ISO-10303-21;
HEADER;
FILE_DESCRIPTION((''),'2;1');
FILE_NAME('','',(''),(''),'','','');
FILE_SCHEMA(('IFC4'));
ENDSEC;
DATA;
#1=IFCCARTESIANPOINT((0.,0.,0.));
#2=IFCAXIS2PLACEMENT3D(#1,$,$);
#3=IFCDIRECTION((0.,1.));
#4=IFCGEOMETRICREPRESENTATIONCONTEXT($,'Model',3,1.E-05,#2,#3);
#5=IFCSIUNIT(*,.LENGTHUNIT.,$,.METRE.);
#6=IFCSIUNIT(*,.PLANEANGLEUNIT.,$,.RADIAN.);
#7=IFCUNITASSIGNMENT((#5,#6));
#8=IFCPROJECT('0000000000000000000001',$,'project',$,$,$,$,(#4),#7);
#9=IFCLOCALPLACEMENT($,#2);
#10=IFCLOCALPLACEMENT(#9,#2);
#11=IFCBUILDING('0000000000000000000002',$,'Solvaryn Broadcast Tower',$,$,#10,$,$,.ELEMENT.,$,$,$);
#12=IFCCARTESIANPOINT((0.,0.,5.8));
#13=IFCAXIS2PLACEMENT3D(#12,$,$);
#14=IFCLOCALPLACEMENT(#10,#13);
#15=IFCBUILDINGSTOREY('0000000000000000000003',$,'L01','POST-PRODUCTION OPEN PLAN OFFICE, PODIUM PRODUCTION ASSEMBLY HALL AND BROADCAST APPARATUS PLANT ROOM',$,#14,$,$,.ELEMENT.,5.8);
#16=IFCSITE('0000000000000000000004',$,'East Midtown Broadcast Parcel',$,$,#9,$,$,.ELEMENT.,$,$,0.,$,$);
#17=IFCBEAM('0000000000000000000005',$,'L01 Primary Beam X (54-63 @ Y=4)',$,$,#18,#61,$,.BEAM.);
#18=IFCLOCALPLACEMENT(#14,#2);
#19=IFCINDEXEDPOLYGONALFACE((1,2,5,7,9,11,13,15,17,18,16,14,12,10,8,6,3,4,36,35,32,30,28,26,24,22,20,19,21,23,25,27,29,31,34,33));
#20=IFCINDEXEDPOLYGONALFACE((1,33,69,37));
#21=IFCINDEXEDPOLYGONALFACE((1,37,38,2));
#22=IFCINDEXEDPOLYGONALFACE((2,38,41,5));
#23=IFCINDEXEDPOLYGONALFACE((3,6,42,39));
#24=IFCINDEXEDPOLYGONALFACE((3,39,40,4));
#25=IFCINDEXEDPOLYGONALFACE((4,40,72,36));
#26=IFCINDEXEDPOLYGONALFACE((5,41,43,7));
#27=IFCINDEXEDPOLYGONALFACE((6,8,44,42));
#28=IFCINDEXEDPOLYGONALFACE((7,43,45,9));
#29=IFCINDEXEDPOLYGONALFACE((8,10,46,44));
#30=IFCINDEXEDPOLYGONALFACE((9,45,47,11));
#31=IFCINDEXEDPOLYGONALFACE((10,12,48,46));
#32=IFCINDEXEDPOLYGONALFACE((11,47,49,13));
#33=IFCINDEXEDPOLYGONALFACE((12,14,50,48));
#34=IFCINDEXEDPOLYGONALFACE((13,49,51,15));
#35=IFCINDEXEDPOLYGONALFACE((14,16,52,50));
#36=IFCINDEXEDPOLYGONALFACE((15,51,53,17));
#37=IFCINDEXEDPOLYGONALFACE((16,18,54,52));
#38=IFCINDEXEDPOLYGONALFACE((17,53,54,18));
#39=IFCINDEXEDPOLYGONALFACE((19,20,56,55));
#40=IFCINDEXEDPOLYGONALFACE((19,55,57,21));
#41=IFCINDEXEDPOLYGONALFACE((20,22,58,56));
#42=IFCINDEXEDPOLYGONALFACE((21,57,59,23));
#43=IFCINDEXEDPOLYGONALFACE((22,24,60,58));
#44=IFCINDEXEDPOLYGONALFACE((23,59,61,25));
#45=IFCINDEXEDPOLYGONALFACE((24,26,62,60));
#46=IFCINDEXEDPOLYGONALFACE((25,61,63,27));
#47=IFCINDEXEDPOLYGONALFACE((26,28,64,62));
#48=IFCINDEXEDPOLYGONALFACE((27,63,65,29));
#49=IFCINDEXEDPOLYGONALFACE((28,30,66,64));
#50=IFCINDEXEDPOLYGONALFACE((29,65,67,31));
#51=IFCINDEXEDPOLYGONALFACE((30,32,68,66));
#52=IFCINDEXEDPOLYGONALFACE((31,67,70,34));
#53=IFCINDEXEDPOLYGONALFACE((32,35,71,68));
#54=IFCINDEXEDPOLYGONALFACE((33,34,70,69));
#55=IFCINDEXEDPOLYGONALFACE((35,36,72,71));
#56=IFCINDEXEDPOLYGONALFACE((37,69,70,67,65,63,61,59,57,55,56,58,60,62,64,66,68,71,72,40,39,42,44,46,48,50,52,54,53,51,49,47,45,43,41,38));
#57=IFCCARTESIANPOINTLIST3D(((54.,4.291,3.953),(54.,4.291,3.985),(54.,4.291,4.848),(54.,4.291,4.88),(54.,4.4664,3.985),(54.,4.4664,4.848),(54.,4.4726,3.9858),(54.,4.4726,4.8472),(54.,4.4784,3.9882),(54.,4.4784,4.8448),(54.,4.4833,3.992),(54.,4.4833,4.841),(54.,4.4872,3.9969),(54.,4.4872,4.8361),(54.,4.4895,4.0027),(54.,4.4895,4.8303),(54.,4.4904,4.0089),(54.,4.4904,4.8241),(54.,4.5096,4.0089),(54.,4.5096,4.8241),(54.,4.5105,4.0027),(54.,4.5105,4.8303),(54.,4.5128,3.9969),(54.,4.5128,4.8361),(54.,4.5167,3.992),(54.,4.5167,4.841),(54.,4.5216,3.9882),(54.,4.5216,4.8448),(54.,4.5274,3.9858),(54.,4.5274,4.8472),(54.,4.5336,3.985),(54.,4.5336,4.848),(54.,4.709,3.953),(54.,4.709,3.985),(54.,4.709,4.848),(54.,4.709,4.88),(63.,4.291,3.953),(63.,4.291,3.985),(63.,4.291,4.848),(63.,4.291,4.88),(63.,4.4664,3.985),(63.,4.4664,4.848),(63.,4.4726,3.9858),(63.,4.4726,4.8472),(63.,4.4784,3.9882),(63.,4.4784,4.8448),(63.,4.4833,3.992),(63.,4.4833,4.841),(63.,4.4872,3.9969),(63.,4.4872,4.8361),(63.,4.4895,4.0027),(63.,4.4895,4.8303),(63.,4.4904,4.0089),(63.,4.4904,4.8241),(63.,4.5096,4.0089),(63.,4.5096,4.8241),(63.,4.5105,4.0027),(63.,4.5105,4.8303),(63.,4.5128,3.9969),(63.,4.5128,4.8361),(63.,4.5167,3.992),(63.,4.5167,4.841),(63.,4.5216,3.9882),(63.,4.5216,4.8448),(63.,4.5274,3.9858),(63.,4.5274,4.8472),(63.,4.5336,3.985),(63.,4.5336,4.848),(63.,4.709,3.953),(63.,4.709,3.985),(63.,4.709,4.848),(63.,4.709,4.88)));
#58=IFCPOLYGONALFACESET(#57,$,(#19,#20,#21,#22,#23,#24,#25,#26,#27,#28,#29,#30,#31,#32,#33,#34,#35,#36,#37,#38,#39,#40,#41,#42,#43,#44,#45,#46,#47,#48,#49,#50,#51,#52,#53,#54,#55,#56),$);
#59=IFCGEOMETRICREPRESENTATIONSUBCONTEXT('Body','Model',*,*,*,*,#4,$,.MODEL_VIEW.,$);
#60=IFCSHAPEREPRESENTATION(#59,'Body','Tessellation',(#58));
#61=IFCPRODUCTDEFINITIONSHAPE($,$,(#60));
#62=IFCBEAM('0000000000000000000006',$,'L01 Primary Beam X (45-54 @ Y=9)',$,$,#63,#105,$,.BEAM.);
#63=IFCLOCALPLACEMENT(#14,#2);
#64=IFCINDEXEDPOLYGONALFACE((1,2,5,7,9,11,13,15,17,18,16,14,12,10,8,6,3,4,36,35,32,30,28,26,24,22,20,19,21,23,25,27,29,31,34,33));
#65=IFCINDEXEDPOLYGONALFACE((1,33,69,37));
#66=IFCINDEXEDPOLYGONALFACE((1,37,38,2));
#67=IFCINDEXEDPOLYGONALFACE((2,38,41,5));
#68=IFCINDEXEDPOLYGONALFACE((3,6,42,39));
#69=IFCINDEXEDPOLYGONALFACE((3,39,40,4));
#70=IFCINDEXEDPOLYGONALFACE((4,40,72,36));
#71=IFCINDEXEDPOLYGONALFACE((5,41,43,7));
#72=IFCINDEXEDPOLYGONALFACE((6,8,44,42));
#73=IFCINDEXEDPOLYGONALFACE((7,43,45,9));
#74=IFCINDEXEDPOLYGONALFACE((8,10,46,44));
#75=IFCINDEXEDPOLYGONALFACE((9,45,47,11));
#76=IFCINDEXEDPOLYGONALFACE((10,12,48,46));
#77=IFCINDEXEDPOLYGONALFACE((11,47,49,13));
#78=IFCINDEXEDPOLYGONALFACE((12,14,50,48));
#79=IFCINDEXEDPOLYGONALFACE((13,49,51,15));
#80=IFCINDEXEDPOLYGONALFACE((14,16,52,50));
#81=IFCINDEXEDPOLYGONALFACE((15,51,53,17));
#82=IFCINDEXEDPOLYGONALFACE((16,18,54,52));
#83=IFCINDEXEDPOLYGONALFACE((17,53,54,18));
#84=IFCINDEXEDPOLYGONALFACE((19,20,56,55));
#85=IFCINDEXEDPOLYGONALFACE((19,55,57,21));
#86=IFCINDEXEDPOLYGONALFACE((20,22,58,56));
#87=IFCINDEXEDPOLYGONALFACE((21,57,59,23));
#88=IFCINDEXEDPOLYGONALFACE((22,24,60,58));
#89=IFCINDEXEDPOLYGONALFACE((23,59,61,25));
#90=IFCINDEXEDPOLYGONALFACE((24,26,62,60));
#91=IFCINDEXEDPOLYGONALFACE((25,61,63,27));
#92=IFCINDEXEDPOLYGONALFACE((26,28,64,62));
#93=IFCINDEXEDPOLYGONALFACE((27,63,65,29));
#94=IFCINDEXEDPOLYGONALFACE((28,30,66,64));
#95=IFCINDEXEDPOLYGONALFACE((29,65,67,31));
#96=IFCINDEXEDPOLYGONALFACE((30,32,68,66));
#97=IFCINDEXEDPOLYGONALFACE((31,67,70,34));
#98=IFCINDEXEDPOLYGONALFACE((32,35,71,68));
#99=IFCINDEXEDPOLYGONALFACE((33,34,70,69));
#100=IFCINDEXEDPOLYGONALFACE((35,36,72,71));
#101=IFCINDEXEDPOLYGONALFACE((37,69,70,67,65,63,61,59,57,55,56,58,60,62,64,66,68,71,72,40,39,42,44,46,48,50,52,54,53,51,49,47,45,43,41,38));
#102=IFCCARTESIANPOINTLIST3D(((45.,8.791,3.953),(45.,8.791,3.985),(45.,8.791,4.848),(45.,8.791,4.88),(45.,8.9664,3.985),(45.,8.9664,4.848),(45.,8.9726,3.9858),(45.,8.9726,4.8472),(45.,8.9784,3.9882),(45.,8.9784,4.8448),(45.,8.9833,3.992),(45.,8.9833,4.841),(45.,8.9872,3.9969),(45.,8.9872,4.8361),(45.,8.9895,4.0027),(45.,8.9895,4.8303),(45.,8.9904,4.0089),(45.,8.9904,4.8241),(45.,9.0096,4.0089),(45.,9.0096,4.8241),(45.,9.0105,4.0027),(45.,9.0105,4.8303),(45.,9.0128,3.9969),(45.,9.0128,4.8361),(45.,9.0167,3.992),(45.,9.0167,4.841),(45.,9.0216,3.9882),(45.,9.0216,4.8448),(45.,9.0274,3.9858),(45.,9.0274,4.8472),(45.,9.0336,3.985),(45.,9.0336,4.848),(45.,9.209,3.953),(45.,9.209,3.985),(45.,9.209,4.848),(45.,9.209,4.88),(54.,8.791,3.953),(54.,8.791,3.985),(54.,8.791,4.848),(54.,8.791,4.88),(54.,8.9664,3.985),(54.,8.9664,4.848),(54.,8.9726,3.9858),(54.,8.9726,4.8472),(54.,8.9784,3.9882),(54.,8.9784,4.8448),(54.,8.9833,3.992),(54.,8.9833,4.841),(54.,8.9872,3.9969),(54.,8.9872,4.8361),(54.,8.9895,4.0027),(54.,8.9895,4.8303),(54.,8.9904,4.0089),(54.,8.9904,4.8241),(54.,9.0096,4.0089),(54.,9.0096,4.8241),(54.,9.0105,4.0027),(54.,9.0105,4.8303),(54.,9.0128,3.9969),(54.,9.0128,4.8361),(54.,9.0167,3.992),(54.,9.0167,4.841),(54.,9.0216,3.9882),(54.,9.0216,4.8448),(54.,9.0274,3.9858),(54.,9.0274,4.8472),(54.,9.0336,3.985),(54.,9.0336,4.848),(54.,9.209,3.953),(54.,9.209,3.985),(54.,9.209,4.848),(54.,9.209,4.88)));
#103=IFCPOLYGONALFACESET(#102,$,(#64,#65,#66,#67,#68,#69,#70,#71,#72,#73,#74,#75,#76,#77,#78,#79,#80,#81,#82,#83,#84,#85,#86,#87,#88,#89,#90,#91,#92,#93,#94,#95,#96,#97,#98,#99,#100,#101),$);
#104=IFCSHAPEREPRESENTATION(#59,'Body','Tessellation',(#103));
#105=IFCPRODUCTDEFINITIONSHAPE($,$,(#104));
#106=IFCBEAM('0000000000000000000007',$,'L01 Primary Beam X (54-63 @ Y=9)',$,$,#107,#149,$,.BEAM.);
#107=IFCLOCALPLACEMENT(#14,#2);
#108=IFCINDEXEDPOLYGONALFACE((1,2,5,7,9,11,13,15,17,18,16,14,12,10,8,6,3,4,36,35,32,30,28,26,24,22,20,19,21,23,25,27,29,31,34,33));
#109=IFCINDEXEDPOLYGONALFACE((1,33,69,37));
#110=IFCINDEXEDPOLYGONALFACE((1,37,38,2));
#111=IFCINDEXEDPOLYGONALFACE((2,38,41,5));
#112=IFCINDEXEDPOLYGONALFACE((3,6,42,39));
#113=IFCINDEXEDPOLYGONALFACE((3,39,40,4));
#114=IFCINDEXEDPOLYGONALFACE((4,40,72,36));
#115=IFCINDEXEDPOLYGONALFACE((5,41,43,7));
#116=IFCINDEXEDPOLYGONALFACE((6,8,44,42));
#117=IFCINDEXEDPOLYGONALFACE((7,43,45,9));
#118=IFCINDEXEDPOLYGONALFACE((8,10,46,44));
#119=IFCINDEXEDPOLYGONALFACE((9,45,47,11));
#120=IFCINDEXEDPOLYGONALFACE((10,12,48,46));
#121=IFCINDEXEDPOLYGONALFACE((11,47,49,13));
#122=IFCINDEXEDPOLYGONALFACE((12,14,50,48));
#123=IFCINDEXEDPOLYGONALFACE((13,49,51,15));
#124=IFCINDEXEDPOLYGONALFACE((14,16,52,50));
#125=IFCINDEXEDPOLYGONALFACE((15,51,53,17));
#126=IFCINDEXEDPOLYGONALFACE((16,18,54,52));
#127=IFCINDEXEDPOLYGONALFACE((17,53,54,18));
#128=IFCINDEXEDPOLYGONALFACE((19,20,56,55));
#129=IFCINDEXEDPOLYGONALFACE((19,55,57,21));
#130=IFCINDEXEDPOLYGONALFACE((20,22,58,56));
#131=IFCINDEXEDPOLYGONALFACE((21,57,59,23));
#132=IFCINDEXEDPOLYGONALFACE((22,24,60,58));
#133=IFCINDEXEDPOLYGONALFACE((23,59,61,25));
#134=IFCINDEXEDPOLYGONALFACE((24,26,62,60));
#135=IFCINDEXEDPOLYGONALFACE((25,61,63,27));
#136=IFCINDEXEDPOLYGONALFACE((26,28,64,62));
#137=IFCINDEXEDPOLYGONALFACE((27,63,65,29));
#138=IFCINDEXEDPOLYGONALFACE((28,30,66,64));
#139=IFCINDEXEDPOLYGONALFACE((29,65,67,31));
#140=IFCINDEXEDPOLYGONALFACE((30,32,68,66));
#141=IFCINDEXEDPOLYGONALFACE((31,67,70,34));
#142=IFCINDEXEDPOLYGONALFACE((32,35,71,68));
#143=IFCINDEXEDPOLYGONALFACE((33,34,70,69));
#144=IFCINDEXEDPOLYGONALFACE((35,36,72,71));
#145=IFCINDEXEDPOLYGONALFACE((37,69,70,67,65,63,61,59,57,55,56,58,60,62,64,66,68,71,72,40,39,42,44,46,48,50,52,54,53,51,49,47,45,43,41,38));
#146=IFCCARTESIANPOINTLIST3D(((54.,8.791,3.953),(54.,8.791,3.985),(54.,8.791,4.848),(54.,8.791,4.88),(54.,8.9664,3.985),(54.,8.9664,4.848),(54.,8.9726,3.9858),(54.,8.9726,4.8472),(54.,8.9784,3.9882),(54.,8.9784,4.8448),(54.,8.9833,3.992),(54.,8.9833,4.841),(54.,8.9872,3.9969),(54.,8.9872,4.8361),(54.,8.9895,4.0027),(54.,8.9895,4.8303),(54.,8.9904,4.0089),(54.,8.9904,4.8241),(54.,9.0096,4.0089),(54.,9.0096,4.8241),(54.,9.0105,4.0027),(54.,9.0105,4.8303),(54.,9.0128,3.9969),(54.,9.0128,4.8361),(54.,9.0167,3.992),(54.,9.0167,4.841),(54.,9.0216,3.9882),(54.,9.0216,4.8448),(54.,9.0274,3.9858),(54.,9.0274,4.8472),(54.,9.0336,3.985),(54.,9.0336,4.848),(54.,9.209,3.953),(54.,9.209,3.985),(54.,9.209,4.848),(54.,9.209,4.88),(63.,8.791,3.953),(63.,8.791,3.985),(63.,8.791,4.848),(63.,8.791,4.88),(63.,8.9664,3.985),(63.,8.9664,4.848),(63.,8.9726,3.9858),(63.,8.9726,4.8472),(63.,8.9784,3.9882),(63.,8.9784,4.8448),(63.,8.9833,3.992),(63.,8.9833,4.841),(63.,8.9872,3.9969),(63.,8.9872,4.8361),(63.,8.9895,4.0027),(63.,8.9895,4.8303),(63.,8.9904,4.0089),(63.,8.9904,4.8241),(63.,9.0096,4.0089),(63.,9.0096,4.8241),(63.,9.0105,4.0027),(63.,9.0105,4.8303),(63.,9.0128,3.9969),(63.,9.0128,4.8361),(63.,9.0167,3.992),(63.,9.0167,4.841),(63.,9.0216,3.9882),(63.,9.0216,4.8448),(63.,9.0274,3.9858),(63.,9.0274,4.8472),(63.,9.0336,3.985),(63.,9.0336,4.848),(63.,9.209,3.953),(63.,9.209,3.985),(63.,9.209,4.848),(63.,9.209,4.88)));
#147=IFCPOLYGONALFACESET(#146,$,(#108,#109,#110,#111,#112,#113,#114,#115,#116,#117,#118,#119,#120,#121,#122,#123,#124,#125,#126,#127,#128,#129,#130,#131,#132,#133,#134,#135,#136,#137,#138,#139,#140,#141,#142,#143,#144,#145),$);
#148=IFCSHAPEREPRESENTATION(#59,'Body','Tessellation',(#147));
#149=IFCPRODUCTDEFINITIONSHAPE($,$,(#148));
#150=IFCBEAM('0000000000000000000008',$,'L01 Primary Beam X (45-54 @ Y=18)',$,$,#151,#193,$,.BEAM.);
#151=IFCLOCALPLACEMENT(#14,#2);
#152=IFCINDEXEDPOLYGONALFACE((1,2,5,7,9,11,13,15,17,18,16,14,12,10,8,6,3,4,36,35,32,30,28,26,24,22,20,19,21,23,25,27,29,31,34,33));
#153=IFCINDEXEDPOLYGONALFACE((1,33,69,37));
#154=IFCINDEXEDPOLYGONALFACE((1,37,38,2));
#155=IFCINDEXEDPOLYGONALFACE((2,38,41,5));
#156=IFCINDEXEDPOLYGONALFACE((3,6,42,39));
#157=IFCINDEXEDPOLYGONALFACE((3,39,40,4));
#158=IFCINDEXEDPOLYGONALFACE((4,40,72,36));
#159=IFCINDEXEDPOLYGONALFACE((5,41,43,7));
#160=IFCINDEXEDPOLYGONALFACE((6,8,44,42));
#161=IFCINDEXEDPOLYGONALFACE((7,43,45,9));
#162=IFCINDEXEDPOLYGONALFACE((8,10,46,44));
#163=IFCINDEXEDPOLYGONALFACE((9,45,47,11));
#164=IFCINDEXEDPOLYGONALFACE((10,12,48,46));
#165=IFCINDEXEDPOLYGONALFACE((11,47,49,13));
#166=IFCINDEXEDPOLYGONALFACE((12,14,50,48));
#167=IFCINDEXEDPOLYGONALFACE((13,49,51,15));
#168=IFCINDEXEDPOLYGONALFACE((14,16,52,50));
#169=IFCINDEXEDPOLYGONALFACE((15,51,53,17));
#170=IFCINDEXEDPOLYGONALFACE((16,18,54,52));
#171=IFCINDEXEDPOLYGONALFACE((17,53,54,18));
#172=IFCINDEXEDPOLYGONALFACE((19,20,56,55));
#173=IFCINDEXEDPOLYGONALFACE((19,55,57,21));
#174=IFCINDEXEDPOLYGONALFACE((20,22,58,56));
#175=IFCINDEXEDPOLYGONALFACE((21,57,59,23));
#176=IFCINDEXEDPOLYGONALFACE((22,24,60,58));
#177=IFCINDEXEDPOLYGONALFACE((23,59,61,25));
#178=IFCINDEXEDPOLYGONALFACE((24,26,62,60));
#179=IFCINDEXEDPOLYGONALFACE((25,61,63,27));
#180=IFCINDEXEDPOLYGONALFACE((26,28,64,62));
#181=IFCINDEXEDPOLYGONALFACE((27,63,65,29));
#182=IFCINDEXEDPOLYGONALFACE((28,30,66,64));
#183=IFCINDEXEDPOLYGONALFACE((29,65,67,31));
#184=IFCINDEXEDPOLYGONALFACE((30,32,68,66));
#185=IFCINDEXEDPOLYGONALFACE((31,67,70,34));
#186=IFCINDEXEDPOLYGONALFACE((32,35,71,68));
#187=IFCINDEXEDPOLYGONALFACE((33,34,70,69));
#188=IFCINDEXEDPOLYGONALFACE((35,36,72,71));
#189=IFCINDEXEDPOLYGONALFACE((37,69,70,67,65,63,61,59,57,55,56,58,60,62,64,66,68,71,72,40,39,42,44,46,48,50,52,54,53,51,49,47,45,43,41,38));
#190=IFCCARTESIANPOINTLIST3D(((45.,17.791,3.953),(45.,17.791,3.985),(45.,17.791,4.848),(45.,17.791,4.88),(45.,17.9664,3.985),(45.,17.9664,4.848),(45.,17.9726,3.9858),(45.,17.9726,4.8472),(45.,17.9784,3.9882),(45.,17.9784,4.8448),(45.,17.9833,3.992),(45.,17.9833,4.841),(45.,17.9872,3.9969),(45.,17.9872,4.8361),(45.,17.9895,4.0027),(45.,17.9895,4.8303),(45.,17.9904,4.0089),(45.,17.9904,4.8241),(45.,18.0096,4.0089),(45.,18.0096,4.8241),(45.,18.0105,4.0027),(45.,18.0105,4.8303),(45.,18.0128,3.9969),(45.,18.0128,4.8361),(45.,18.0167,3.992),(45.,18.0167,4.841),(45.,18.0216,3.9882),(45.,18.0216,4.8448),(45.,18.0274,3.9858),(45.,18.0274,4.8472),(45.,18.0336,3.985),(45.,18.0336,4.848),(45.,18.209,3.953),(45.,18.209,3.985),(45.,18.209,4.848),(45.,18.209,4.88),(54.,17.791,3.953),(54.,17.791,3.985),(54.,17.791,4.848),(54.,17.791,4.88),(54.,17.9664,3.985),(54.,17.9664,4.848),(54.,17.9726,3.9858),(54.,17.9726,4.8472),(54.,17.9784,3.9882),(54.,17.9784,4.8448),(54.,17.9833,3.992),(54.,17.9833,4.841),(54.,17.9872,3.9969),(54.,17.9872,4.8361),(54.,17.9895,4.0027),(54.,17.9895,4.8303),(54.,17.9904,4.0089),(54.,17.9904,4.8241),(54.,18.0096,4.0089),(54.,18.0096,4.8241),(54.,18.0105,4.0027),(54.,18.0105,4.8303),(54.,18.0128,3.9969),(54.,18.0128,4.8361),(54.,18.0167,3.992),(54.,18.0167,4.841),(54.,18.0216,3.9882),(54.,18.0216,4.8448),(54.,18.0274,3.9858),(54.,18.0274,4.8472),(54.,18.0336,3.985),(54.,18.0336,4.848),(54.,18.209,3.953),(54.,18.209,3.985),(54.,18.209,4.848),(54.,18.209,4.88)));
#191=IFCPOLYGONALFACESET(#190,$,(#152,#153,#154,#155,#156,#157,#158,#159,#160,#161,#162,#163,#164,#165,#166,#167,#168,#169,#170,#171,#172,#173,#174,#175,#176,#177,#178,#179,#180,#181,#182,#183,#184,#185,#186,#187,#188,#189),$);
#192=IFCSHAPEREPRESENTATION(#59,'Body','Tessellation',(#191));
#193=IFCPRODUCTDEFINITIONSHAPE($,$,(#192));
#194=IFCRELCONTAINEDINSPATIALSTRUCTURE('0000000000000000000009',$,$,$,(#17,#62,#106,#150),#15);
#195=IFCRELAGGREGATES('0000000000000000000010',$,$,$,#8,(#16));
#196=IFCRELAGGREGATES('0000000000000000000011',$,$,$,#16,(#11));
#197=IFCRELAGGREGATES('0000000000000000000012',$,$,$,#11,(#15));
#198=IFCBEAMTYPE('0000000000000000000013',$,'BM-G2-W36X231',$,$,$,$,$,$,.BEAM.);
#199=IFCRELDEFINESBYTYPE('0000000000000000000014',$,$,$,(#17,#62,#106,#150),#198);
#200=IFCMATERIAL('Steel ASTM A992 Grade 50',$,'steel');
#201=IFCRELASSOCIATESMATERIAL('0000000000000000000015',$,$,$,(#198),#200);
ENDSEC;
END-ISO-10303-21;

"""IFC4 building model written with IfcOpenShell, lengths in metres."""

from ifc_helpers import new_model, si_unit, direction, frame, origin, origin_2d, place, context, subcontext, project, spatial, i_section, extrude, material, material_profile, profile_set, type_object, element, save


model = new_model("IFC4")

# Units and contexts
model_context = context("Model", 3, precision=1e-05, world=origin(), true_north=direction((0.0, 1.0)))
body_context = subcontext(model_context, "Body", "Model", "MODEL_VIEW")
ifc_project = project(units=[si_unit("LENGTHUNIT", "METRE"), si_unit("PLANEANGLEUNIT", "RADIAN")], contexts=[model_context])

# Site, building, storey
site_placement = place(None, origin())
site = spatial("IfcSite", under=ifc_project, at=site_placement, Name="East Midtown Broadcast Parcel", CompositionType="ELEMENT", RefElevation=0.0)
building_placement = place(site_placement, origin())
building = spatial("IfcBuilding", under=site, at=building_placement, Name="Solvaryn Broadcast Tower", CompositionType="ELEMENT")
storey_placement = place(building_placement, frame((0.0, 0.0, 5.8)))
storey = spatial("IfcBuildingStorey", under=building, at=storey_placement, Name="L01", Description="POST-PRODUCTION OPEN PLAN OFFICE, PODIUM PRODUCTION ASSEMBLY HALL AND BROADCAST APPARATUS PLANT ROOM", CompositionType="ELEMENT", Elevation=5.8)

# Beams
ifc_material_1 = material(Name="Steel ASTM A992 Grade 50", Category="steel")
ifc_material_profile_1 = material_profile(ifc_material_1, i_section(OverallWidth=0.418, OverallDepth=0.927, WebThickness=0.0193, FlangeThickness=0.032, FilletRadius=0.0239, at=origin_2d()))
ifc_profile_set_1 = profile_set([ifc_material_profile_1], Name="Steel ASTM A992 Grade 50")
beam_type_1 = type_object("IfcBeamType", Name="BM-G2-W36X231", PredefinedType="BEAM", material=ifc_profile_set_1)
for number, where, z_axis, x_axis, name in (
    (1, (54.0, 4.5, 4.4165), (1.0, 0.0, 0.0), (0.0, 1.0, 0.0), "L01 Primary Beam X (54-63 @ Y=4)"),
    (2, (45.0, 9.0, 4.4165), (1.0, 0.0, 0.0), (0.0, 1.0, 0.0), "L01 Primary Beam X (45-54 @ Y=9)"),
    (3, (54.0, 9.0, 4.4165), (1.0, 0.0, 0.0), (0.0, 1.0, 0.0), "L01 Primary Beam X (54-63 @ Y=9)"),
    (4, (45.0, 18.0, 4.4165), (1.0, 0.0, 0.0), (0.0, 1.0, 0.0), "L01 Primary Beam X (45-54 @ Y=18)"),
):
    element("IfcBeam", number, at=place(storey_placement, frame(where, z_axis=z_axis, x_axis=x_axis)), inside=storey, type_object=beam_type_1, Name=name, PredefinedType="BEAM", context=body_context, shape_type="SweptSolid", body=[
        extrude(i_section(OverallWidth=0.418, OverallDepth=0.927, WebThickness=0.0193, FlangeThickness=0.032, FilletRadius=0.0239, at=origin_2d()), origin(), (0.0, 0.0, 1.0), 9.0),
    ])

save(model, "model.ifc")
